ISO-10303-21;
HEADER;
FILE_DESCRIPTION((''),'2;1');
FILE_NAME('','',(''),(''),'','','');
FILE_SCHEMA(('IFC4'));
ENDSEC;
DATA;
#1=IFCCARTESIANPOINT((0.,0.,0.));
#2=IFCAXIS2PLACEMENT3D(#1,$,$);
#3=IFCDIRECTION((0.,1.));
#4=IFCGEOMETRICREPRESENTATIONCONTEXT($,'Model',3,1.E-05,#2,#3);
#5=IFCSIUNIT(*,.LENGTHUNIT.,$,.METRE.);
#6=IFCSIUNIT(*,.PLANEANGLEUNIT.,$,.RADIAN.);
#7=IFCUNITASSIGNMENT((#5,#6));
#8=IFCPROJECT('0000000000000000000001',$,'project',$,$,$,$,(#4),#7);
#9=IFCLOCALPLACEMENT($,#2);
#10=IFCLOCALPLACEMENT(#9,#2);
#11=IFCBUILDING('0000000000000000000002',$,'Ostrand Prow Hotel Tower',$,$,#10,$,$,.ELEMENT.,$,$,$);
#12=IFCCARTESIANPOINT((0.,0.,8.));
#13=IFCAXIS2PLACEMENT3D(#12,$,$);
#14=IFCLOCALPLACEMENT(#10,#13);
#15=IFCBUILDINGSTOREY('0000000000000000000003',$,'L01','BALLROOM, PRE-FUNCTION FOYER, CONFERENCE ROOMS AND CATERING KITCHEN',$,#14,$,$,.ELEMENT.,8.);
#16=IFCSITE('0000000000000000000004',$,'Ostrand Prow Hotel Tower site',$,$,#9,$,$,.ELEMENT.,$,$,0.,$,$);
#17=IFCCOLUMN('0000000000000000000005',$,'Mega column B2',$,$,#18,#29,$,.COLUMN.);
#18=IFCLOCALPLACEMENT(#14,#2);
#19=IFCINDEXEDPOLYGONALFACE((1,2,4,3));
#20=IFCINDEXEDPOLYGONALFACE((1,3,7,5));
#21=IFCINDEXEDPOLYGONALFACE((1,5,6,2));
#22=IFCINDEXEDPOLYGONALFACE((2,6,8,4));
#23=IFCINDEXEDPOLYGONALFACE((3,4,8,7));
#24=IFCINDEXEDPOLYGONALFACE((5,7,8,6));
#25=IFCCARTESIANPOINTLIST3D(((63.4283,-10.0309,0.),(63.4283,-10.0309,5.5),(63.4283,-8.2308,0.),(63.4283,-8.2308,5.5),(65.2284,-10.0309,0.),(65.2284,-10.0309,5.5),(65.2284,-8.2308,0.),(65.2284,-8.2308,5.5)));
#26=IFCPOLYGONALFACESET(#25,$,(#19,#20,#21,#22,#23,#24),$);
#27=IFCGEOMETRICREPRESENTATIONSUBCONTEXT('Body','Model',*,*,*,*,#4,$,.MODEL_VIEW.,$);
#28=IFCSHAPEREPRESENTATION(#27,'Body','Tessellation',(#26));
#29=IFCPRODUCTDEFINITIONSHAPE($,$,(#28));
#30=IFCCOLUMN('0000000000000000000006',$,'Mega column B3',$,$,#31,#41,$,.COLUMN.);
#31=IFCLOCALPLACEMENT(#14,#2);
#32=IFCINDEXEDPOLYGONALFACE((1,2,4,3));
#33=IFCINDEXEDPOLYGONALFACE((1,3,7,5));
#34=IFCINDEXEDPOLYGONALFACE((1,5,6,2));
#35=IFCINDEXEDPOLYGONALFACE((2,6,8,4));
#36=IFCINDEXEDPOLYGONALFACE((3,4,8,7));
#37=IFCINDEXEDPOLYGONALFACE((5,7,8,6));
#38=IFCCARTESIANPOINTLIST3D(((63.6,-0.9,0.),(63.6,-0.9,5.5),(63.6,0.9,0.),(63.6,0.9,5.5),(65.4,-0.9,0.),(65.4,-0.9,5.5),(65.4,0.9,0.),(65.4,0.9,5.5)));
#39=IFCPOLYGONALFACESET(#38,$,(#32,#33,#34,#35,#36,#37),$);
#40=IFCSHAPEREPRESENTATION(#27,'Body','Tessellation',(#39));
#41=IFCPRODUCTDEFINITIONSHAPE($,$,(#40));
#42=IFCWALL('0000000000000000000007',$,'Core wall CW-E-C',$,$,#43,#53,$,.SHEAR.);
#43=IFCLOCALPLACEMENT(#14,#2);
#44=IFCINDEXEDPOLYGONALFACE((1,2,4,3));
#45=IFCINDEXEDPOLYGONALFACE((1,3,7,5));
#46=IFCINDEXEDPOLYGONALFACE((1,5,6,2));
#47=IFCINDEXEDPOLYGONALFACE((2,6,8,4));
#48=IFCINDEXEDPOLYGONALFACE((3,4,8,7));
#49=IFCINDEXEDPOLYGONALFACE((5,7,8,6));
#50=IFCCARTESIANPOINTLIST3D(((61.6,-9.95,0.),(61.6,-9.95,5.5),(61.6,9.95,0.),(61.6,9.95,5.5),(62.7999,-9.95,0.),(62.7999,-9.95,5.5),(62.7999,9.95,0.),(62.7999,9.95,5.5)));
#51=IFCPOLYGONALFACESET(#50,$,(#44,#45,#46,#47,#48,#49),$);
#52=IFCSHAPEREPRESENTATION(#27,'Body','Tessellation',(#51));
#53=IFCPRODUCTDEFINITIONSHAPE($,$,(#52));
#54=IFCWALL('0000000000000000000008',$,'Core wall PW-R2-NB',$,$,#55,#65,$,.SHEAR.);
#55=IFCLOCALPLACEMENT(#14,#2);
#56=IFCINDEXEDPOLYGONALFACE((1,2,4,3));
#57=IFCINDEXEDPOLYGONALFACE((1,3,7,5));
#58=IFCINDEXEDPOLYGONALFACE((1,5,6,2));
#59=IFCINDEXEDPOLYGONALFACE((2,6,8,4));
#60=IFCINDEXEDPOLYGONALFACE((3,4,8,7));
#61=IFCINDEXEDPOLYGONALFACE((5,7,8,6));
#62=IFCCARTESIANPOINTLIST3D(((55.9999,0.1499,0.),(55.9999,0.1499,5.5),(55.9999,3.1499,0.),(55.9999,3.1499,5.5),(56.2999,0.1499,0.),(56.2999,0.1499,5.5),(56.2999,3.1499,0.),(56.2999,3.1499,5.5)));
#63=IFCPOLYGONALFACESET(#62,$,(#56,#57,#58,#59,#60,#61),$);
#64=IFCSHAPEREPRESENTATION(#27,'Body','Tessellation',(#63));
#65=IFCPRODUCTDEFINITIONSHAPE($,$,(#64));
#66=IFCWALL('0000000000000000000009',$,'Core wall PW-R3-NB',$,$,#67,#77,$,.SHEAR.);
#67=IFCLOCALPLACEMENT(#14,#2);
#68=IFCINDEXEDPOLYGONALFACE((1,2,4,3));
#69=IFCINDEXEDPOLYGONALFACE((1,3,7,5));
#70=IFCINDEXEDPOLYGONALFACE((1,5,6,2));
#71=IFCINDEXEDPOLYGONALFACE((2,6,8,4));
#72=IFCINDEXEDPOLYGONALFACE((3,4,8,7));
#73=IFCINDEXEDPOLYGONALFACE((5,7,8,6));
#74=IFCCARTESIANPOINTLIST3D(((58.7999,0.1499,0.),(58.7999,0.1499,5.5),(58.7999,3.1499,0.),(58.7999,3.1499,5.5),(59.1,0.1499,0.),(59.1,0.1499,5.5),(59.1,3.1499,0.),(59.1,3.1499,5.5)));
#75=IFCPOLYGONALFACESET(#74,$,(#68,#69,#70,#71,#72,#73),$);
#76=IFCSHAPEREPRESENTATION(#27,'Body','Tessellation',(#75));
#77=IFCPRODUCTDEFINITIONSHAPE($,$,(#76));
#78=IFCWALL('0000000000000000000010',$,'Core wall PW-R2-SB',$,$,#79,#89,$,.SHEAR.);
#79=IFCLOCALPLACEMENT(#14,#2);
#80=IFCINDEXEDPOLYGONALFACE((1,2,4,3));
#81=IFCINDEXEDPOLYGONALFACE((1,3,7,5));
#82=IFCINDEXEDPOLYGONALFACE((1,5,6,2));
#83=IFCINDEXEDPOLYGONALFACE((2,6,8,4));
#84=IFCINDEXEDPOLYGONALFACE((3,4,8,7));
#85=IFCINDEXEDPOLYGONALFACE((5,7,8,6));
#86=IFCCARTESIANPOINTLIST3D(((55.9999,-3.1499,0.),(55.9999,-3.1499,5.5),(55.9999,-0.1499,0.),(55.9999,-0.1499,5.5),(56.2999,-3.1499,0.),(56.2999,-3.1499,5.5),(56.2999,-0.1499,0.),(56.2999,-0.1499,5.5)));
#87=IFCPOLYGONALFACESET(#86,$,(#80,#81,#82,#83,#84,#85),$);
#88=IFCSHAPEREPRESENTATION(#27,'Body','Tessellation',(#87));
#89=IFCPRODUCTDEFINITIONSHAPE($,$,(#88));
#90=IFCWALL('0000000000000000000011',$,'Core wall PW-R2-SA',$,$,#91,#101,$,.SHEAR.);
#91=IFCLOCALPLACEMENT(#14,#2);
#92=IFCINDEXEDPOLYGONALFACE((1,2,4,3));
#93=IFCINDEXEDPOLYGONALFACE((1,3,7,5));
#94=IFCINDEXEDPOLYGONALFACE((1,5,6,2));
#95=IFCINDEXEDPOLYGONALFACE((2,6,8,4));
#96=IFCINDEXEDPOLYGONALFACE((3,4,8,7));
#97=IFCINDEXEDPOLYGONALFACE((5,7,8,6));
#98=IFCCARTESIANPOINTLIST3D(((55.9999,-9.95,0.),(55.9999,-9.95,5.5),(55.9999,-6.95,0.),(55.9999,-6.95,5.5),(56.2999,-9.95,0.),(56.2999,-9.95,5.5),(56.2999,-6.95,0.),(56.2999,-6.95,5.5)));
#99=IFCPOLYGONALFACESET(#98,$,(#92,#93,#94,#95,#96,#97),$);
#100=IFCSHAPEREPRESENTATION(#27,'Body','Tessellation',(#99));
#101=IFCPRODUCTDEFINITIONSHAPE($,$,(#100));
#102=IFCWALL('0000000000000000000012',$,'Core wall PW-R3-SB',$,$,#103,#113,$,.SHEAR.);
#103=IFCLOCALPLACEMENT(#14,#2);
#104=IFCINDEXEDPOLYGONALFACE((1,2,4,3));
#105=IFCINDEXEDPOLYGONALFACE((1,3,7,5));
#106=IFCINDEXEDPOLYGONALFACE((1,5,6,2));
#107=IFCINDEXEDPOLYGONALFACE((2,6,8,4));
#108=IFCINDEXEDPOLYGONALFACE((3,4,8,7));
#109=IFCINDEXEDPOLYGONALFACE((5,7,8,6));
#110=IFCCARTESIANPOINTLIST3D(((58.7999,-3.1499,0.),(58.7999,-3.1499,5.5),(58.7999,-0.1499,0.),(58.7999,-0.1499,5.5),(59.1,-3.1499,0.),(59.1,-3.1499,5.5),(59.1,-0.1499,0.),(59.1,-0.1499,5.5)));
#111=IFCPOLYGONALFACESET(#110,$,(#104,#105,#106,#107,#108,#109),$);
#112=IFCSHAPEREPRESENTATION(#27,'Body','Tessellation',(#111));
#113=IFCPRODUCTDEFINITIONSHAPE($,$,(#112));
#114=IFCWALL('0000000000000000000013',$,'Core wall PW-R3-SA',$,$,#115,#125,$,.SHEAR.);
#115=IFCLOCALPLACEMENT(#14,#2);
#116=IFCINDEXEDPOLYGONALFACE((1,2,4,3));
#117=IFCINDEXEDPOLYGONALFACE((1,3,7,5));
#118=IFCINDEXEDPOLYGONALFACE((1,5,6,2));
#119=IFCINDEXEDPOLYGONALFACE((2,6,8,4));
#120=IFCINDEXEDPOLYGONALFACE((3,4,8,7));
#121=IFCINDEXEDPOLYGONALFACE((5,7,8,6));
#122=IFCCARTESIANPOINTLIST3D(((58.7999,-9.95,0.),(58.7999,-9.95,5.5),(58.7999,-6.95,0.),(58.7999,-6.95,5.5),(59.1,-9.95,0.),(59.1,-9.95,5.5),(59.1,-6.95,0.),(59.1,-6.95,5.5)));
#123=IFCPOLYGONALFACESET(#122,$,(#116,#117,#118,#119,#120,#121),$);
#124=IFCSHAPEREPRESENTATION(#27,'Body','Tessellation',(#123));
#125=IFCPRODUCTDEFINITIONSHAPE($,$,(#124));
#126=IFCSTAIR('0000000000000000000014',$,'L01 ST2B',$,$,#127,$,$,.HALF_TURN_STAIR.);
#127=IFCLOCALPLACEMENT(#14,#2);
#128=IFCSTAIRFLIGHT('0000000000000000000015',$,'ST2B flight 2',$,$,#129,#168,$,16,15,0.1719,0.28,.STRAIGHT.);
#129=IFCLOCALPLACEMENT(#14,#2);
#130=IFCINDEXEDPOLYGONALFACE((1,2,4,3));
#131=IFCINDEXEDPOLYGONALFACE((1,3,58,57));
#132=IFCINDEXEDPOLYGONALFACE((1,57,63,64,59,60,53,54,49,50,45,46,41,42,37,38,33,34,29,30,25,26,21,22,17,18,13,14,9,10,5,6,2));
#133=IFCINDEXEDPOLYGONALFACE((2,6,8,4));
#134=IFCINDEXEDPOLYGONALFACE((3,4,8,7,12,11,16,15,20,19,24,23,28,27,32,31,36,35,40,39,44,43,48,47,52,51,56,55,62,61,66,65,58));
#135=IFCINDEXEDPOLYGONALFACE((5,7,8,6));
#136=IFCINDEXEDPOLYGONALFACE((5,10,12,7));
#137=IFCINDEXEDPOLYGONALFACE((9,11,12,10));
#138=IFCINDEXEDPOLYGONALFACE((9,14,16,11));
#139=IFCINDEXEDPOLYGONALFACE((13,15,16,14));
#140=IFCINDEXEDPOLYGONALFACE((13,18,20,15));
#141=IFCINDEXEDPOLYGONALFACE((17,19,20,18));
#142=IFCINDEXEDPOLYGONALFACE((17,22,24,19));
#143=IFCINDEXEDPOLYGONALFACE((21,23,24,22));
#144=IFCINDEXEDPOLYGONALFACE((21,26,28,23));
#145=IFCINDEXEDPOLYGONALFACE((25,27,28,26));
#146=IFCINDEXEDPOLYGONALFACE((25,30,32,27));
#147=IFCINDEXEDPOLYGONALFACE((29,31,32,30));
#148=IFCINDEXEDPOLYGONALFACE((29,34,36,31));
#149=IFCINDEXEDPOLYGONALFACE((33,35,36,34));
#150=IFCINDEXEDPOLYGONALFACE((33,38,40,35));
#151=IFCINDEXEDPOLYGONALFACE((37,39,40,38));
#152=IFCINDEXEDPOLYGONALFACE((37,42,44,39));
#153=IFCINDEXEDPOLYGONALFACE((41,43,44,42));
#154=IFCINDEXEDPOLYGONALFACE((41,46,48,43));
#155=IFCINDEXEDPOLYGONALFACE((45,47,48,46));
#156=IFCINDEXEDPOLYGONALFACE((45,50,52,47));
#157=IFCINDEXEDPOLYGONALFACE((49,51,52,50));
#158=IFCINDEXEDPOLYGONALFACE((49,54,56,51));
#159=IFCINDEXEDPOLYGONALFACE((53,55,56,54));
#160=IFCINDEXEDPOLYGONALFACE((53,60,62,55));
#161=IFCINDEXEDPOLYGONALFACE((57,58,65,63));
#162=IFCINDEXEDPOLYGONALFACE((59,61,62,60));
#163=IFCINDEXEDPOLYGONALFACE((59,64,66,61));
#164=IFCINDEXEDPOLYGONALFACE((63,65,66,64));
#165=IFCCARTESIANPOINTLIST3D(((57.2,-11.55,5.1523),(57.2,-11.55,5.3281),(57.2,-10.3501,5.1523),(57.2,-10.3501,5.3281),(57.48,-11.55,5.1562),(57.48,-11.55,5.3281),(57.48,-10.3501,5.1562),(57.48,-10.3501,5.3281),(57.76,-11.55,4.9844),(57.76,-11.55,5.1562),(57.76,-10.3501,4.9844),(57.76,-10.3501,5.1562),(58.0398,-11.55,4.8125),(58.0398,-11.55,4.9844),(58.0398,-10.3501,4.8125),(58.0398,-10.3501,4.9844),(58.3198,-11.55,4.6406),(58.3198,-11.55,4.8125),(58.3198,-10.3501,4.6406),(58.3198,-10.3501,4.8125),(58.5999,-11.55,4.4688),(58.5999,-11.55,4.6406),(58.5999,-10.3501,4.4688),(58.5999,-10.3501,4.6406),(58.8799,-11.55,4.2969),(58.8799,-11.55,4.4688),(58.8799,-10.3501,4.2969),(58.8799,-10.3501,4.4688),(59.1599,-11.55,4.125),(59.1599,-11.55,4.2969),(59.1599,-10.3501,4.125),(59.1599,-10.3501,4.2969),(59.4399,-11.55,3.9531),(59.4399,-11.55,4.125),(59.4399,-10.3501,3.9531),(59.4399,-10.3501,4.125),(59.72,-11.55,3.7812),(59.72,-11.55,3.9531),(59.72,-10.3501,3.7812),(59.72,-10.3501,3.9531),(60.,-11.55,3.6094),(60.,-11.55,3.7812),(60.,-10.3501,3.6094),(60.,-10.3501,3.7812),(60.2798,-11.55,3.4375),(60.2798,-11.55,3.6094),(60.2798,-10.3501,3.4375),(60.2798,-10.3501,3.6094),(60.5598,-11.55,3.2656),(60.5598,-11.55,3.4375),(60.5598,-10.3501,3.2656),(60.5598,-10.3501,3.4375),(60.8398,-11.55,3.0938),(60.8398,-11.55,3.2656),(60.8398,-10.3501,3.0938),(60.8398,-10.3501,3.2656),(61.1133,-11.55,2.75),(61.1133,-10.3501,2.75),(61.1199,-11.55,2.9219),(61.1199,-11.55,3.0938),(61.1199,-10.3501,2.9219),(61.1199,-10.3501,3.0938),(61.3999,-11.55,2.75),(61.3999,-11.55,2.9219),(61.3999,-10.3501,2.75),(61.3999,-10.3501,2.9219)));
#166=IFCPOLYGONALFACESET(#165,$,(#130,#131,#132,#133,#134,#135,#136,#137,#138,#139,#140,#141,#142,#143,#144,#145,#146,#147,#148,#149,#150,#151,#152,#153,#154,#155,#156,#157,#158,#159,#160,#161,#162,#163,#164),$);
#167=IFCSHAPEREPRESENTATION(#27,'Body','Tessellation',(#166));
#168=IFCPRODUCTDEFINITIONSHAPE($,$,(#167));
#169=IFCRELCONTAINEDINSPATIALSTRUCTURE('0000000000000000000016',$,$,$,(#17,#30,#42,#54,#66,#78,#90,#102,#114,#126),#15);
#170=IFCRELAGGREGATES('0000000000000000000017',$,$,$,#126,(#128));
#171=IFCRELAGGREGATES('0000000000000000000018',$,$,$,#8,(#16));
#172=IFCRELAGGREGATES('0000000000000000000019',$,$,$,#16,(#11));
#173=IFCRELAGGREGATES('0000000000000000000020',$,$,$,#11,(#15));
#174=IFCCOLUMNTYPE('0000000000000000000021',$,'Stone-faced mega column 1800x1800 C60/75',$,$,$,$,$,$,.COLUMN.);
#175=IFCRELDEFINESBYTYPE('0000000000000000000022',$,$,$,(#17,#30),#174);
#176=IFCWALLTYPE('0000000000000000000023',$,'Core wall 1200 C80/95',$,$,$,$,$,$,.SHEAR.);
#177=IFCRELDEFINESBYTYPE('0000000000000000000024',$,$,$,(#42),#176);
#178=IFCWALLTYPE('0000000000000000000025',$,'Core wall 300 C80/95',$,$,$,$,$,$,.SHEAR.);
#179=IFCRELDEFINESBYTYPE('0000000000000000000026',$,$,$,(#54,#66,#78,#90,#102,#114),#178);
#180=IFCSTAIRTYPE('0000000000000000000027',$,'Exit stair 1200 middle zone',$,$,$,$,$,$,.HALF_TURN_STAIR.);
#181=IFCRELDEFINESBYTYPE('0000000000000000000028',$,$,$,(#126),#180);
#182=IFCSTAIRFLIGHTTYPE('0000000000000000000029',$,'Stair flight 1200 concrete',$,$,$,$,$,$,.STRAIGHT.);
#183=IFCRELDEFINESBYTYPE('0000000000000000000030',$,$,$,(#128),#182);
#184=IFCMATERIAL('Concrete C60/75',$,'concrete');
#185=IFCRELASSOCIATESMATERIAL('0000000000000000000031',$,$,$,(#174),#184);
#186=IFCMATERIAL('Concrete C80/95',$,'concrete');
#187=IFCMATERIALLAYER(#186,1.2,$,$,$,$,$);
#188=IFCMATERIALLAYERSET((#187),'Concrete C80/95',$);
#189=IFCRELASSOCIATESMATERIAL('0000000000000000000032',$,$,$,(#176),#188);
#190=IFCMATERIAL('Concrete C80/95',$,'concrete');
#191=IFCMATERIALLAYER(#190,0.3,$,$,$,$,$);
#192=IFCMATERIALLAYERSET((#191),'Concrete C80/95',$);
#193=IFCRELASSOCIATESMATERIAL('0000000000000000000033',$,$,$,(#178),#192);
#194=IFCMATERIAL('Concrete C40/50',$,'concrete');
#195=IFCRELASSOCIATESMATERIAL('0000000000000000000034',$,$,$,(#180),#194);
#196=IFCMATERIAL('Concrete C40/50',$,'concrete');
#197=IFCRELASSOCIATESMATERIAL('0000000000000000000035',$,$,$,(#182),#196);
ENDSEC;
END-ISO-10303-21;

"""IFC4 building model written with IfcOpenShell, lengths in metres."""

from ifc_helpers import new_model, si_unit, direction, frame, frame_2d, origin, origin_2d, place, context, subcontext, project, spatial, polyline, rectangle, outline, extrude, material, layer, layer_set, material_profile, profile_set, type_object, element, aggregate, save


model = new_model("IFC4")

# Units and contexts
model_context = context("Model", 3, precision=1e-05, world=origin(), true_north=direction((0.0, 1.0)))
body_context = subcontext(model_context, "Body", "Model", "MODEL_VIEW")
ifc_project = project(units=[si_unit("LENGTHUNIT", "METRE"), si_unit("PLANEANGLEUNIT", "RADIAN")], contexts=[model_context])

# Site, building, storey
site_placement = place(None, origin())
site = spatial("IfcSite", under=ifc_project, at=site_placement, Name="Ostrand Prow Hotel Tower site", CompositionType="ELEMENT", RefElevation=0.0)
building_placement = place(site_placement, origin())
building = spatial("IfcBuilding", under=site, at=building_placement, Name="Ostrand Prow Hotel Tower", CompositionType="ELEMENT")
storey_placement = place(building_placement, frame((0.0, 0.0, 8.0)))
storey = spatial("IfcBuildingStorey", under=building, at=storey_placement, Name="L01", Description="BALLROOM, PRE-FUNCTION FOYER, CONFERENCE ROOMS AND CATERING KITCHEN", CompositionType="ELEMENT", Elevation=8.0)

# Columns
ifc_material_1 = material(Name="Concrete C60/75", Category="concrete")
ifc_material_profile = material_profile(ifc_material_1, rectangle(XDim=1.8, YDim=1.8, at=origin_2d()), Name="RC 1800x1800")
ifc_profile_set = profile_set([ifc_material_profile], Name="Concrete C60/75")
column_type = type_object("IfcColumnType", Name="Stone-faced mega column 1800x1800 C60/75", PredefinedType="COLUMN", material=ifc_profile_set)
for number, where, z_axis, x_axis, name in (
    (1, (64.3284, -9.1309, 0.0), (0.0, 0.0, 1.0), (1.0, 0.0, 0.0), "Mega column B2"),
    (2, (64.5, 0.0, 0.0), (0.0, 0.0, 1.0), (1.0, 0.0, 0.0), "Mega column B3"),
):
    element("IfcColumn", number, at=place(storey_placement, frame(where, z_axis=z_axis, x_axis=x_axis)), inside=storey, type_object=column_type, Name=name, PredefinedType="COLUMN", context=body_context, shape_type="SweptSolid", body=[
        extrude(rectangle(XDim=1.8, YDim=1.8, at=origin_2d()), origin(), (0.0, 0.0, 1.0), 5.5),
    ])

# Walls
ifc_material_2 = material(Name="Concrete C80/95", Category="concrete")
ifc_layer_1 = layer(ifc_material_2, 1.2)
ifc_layer_set_1 = layer_set([ifc_layer_1], Name="Concrete C80/95")
wall_type_1 = type_object("IfcWallType", Name="Core wall 1200 C80/95", PredefinedType="SHEAR", material=ifc_layer_set_1)
wall_placement = place(storey_placement, frame((62.2, -9.95, 0.0), z_axis=(0.0, 0.0, 1.0), x_axis=(0.0, 1.0, 0.0)))
element("IfcWall", 3, at=wall_placement, inside=storey, type_object=wall_type_1, Name="Core wall CW-E-C", PredefinedType="SHEAR", context=body_context, shape_type="SweptSolid", body=[
    extrude(rectangle(XDim=19.8999, YDim=1.2, at=frame_2d((9.95, 0.0))), origin(), (0.0, 0.0, 1.0), 5.5),
])
ifc_material_3 = material(Name="Concrete C80/95", Category="concrete")
ifc_layer_2 = layer(ifc_material_3, 0.3)
ifc_layer_set_2 = layer_set([ifc_layer_2], Name="Concrete C80/95")
wall_type_2 = type_object("IfcWallType", Name="Core wall 300 C80/95", PredefinedType="SHEAR", material=ifc_layer_set_2)
for number, where, z_axis, x_axis, name in (
    (4, (56.1499, 0.1499, 0.0), (0.0, 0.0, 1.0), (0.0, 1.0, 0.0), "Core wall PW-R2-NB"),
    (5, (58.95, 0.1499, 0.0), (0.0, 0.0, 1.0), (0.0, 1.0, 0.0), "Core wall PW-R3-NB"),
    (6, (56.1499, -3.1499, 0.0), (0.0, 0.0, 1.0), (0.0, 1.0, 0.0), "Core wall PW-R2-SB"),
    (7, (56.1499, -9.95, 0.0), (0.0, 0.0, 1.0), (0.0, 1.0, 0.0), "Core wall PW-R2-SA"),
    (8, (58.95, -3.1499, 0.0), (0.0, 0.0, 1.0), (0.0, 1.0, 0.0), "Core wall PW-R3-SB"),
    (9, (58.95, -9.95, 0.0), (0.0, 0.0, 1.0), (0.0, 1.0, 0.0), "Core wall PW-R3-SA"),
):
    element("IfcWall", number, at=place(storey_placement, frame(where, z_axis=z_axis, x_axis=x_axis)), inside=storey, type_object=wall_type_2, Name=name, PredefinedType="SHEAR", context=body_context, shape_type="SweptSolid", body=[
        extrude(rectangle(XDim=3.0, YDim=0.3, at=frame_2d((1.5, 0.0))), origin(), (0.0, 0.0, 1.0), 5.5),
    ])

# Stair, stair flight
ifc_material_4 = material(Name="Concrete C40/50", Category="concrete")
stair_type = type_object("IfcStairType", Name="Exit stair 1200 middle zone", PredefinedType="HALF_TURN_STAIR", material=ifc_material_4)
stair_placement = place(storey_placement, origin())
stair = element("IfcStair", 10, at=stair_placement, inside=storey, type_object=stair_type, Name="L01 ST2B", PredefinedType="HALF_TURN_STAIR")
ifc_material_5 = material(Name="Concrete C40/50", Category="concrete")
stair_flight_type = type_object("IfcStairFlightType", Name="Stair flight 1200 concrete", PredefinedType="STRAIGHT", material=ifc_material_5)
stair_flight_placement = place(storey_placement, frame((61.3999, -10.95, 2.75), z_axis=(0.0, 0.0, 1.0), x_axis=(-1.0, 0.0, 0.0)))
stair_flight = element("IfcStairFlight", 11, at=stair_flight_placement, type_object=stair_flight_type, Name="ST2B flight 2", NumberOfRisers=16, NumberOfTreads=15, PredefinedType="STRAIGHT", RiserHeight=0.1719, TreadLength=0.28, context=body_context, shape_type="SweptSolid", body=[
    extrude(outline(polyline([(0.0, 0.0), (0.0, 0.1719), (0.28, 0.1719), (0.28, 0.3438), (0.5601, 0.3438), (0.5601, 0.5156), (0.8401, 0.5156), (0.8401, 0.6875), (1.1201, 0.6875), (1.1201, 0.8594), (1.3999, 0.8594), (1.3999, 1.0312), (1.6799, 1.0312), (1.6799, 1.2031), (1.96, 1.2031), (1.96, 1.375), (2.24, 1.375), (2.24, 1.5469), (2.52, 1.5469), (2.52, 1.7188), (2.8, 1.7188), (2.8, 1.8906), (3.0801, 1.8906), (3.0801, 2.0625), (3.3601, 2.0625), (3.3601, 2.2344), (3.6399, 2.2344), (3.6399, 2.4062), (3.9199, 2.4062), (3.9199, 2.5781), (4.2, 2.5781), (4.2, 2.75), (4.2, 2.4023), (0.2866, 0.0), (0.0, 0.0)])), frame((0.0, 0.6001, 0.0), z_axis=(0.0, -1.0, 0.0), x_axis=(1.0, 0.0, 0.0)), (0.0, 0.0, 1.0), 1.2),
])
aggregate(stair, [stair_flight])

save(model, "model.ifc")
